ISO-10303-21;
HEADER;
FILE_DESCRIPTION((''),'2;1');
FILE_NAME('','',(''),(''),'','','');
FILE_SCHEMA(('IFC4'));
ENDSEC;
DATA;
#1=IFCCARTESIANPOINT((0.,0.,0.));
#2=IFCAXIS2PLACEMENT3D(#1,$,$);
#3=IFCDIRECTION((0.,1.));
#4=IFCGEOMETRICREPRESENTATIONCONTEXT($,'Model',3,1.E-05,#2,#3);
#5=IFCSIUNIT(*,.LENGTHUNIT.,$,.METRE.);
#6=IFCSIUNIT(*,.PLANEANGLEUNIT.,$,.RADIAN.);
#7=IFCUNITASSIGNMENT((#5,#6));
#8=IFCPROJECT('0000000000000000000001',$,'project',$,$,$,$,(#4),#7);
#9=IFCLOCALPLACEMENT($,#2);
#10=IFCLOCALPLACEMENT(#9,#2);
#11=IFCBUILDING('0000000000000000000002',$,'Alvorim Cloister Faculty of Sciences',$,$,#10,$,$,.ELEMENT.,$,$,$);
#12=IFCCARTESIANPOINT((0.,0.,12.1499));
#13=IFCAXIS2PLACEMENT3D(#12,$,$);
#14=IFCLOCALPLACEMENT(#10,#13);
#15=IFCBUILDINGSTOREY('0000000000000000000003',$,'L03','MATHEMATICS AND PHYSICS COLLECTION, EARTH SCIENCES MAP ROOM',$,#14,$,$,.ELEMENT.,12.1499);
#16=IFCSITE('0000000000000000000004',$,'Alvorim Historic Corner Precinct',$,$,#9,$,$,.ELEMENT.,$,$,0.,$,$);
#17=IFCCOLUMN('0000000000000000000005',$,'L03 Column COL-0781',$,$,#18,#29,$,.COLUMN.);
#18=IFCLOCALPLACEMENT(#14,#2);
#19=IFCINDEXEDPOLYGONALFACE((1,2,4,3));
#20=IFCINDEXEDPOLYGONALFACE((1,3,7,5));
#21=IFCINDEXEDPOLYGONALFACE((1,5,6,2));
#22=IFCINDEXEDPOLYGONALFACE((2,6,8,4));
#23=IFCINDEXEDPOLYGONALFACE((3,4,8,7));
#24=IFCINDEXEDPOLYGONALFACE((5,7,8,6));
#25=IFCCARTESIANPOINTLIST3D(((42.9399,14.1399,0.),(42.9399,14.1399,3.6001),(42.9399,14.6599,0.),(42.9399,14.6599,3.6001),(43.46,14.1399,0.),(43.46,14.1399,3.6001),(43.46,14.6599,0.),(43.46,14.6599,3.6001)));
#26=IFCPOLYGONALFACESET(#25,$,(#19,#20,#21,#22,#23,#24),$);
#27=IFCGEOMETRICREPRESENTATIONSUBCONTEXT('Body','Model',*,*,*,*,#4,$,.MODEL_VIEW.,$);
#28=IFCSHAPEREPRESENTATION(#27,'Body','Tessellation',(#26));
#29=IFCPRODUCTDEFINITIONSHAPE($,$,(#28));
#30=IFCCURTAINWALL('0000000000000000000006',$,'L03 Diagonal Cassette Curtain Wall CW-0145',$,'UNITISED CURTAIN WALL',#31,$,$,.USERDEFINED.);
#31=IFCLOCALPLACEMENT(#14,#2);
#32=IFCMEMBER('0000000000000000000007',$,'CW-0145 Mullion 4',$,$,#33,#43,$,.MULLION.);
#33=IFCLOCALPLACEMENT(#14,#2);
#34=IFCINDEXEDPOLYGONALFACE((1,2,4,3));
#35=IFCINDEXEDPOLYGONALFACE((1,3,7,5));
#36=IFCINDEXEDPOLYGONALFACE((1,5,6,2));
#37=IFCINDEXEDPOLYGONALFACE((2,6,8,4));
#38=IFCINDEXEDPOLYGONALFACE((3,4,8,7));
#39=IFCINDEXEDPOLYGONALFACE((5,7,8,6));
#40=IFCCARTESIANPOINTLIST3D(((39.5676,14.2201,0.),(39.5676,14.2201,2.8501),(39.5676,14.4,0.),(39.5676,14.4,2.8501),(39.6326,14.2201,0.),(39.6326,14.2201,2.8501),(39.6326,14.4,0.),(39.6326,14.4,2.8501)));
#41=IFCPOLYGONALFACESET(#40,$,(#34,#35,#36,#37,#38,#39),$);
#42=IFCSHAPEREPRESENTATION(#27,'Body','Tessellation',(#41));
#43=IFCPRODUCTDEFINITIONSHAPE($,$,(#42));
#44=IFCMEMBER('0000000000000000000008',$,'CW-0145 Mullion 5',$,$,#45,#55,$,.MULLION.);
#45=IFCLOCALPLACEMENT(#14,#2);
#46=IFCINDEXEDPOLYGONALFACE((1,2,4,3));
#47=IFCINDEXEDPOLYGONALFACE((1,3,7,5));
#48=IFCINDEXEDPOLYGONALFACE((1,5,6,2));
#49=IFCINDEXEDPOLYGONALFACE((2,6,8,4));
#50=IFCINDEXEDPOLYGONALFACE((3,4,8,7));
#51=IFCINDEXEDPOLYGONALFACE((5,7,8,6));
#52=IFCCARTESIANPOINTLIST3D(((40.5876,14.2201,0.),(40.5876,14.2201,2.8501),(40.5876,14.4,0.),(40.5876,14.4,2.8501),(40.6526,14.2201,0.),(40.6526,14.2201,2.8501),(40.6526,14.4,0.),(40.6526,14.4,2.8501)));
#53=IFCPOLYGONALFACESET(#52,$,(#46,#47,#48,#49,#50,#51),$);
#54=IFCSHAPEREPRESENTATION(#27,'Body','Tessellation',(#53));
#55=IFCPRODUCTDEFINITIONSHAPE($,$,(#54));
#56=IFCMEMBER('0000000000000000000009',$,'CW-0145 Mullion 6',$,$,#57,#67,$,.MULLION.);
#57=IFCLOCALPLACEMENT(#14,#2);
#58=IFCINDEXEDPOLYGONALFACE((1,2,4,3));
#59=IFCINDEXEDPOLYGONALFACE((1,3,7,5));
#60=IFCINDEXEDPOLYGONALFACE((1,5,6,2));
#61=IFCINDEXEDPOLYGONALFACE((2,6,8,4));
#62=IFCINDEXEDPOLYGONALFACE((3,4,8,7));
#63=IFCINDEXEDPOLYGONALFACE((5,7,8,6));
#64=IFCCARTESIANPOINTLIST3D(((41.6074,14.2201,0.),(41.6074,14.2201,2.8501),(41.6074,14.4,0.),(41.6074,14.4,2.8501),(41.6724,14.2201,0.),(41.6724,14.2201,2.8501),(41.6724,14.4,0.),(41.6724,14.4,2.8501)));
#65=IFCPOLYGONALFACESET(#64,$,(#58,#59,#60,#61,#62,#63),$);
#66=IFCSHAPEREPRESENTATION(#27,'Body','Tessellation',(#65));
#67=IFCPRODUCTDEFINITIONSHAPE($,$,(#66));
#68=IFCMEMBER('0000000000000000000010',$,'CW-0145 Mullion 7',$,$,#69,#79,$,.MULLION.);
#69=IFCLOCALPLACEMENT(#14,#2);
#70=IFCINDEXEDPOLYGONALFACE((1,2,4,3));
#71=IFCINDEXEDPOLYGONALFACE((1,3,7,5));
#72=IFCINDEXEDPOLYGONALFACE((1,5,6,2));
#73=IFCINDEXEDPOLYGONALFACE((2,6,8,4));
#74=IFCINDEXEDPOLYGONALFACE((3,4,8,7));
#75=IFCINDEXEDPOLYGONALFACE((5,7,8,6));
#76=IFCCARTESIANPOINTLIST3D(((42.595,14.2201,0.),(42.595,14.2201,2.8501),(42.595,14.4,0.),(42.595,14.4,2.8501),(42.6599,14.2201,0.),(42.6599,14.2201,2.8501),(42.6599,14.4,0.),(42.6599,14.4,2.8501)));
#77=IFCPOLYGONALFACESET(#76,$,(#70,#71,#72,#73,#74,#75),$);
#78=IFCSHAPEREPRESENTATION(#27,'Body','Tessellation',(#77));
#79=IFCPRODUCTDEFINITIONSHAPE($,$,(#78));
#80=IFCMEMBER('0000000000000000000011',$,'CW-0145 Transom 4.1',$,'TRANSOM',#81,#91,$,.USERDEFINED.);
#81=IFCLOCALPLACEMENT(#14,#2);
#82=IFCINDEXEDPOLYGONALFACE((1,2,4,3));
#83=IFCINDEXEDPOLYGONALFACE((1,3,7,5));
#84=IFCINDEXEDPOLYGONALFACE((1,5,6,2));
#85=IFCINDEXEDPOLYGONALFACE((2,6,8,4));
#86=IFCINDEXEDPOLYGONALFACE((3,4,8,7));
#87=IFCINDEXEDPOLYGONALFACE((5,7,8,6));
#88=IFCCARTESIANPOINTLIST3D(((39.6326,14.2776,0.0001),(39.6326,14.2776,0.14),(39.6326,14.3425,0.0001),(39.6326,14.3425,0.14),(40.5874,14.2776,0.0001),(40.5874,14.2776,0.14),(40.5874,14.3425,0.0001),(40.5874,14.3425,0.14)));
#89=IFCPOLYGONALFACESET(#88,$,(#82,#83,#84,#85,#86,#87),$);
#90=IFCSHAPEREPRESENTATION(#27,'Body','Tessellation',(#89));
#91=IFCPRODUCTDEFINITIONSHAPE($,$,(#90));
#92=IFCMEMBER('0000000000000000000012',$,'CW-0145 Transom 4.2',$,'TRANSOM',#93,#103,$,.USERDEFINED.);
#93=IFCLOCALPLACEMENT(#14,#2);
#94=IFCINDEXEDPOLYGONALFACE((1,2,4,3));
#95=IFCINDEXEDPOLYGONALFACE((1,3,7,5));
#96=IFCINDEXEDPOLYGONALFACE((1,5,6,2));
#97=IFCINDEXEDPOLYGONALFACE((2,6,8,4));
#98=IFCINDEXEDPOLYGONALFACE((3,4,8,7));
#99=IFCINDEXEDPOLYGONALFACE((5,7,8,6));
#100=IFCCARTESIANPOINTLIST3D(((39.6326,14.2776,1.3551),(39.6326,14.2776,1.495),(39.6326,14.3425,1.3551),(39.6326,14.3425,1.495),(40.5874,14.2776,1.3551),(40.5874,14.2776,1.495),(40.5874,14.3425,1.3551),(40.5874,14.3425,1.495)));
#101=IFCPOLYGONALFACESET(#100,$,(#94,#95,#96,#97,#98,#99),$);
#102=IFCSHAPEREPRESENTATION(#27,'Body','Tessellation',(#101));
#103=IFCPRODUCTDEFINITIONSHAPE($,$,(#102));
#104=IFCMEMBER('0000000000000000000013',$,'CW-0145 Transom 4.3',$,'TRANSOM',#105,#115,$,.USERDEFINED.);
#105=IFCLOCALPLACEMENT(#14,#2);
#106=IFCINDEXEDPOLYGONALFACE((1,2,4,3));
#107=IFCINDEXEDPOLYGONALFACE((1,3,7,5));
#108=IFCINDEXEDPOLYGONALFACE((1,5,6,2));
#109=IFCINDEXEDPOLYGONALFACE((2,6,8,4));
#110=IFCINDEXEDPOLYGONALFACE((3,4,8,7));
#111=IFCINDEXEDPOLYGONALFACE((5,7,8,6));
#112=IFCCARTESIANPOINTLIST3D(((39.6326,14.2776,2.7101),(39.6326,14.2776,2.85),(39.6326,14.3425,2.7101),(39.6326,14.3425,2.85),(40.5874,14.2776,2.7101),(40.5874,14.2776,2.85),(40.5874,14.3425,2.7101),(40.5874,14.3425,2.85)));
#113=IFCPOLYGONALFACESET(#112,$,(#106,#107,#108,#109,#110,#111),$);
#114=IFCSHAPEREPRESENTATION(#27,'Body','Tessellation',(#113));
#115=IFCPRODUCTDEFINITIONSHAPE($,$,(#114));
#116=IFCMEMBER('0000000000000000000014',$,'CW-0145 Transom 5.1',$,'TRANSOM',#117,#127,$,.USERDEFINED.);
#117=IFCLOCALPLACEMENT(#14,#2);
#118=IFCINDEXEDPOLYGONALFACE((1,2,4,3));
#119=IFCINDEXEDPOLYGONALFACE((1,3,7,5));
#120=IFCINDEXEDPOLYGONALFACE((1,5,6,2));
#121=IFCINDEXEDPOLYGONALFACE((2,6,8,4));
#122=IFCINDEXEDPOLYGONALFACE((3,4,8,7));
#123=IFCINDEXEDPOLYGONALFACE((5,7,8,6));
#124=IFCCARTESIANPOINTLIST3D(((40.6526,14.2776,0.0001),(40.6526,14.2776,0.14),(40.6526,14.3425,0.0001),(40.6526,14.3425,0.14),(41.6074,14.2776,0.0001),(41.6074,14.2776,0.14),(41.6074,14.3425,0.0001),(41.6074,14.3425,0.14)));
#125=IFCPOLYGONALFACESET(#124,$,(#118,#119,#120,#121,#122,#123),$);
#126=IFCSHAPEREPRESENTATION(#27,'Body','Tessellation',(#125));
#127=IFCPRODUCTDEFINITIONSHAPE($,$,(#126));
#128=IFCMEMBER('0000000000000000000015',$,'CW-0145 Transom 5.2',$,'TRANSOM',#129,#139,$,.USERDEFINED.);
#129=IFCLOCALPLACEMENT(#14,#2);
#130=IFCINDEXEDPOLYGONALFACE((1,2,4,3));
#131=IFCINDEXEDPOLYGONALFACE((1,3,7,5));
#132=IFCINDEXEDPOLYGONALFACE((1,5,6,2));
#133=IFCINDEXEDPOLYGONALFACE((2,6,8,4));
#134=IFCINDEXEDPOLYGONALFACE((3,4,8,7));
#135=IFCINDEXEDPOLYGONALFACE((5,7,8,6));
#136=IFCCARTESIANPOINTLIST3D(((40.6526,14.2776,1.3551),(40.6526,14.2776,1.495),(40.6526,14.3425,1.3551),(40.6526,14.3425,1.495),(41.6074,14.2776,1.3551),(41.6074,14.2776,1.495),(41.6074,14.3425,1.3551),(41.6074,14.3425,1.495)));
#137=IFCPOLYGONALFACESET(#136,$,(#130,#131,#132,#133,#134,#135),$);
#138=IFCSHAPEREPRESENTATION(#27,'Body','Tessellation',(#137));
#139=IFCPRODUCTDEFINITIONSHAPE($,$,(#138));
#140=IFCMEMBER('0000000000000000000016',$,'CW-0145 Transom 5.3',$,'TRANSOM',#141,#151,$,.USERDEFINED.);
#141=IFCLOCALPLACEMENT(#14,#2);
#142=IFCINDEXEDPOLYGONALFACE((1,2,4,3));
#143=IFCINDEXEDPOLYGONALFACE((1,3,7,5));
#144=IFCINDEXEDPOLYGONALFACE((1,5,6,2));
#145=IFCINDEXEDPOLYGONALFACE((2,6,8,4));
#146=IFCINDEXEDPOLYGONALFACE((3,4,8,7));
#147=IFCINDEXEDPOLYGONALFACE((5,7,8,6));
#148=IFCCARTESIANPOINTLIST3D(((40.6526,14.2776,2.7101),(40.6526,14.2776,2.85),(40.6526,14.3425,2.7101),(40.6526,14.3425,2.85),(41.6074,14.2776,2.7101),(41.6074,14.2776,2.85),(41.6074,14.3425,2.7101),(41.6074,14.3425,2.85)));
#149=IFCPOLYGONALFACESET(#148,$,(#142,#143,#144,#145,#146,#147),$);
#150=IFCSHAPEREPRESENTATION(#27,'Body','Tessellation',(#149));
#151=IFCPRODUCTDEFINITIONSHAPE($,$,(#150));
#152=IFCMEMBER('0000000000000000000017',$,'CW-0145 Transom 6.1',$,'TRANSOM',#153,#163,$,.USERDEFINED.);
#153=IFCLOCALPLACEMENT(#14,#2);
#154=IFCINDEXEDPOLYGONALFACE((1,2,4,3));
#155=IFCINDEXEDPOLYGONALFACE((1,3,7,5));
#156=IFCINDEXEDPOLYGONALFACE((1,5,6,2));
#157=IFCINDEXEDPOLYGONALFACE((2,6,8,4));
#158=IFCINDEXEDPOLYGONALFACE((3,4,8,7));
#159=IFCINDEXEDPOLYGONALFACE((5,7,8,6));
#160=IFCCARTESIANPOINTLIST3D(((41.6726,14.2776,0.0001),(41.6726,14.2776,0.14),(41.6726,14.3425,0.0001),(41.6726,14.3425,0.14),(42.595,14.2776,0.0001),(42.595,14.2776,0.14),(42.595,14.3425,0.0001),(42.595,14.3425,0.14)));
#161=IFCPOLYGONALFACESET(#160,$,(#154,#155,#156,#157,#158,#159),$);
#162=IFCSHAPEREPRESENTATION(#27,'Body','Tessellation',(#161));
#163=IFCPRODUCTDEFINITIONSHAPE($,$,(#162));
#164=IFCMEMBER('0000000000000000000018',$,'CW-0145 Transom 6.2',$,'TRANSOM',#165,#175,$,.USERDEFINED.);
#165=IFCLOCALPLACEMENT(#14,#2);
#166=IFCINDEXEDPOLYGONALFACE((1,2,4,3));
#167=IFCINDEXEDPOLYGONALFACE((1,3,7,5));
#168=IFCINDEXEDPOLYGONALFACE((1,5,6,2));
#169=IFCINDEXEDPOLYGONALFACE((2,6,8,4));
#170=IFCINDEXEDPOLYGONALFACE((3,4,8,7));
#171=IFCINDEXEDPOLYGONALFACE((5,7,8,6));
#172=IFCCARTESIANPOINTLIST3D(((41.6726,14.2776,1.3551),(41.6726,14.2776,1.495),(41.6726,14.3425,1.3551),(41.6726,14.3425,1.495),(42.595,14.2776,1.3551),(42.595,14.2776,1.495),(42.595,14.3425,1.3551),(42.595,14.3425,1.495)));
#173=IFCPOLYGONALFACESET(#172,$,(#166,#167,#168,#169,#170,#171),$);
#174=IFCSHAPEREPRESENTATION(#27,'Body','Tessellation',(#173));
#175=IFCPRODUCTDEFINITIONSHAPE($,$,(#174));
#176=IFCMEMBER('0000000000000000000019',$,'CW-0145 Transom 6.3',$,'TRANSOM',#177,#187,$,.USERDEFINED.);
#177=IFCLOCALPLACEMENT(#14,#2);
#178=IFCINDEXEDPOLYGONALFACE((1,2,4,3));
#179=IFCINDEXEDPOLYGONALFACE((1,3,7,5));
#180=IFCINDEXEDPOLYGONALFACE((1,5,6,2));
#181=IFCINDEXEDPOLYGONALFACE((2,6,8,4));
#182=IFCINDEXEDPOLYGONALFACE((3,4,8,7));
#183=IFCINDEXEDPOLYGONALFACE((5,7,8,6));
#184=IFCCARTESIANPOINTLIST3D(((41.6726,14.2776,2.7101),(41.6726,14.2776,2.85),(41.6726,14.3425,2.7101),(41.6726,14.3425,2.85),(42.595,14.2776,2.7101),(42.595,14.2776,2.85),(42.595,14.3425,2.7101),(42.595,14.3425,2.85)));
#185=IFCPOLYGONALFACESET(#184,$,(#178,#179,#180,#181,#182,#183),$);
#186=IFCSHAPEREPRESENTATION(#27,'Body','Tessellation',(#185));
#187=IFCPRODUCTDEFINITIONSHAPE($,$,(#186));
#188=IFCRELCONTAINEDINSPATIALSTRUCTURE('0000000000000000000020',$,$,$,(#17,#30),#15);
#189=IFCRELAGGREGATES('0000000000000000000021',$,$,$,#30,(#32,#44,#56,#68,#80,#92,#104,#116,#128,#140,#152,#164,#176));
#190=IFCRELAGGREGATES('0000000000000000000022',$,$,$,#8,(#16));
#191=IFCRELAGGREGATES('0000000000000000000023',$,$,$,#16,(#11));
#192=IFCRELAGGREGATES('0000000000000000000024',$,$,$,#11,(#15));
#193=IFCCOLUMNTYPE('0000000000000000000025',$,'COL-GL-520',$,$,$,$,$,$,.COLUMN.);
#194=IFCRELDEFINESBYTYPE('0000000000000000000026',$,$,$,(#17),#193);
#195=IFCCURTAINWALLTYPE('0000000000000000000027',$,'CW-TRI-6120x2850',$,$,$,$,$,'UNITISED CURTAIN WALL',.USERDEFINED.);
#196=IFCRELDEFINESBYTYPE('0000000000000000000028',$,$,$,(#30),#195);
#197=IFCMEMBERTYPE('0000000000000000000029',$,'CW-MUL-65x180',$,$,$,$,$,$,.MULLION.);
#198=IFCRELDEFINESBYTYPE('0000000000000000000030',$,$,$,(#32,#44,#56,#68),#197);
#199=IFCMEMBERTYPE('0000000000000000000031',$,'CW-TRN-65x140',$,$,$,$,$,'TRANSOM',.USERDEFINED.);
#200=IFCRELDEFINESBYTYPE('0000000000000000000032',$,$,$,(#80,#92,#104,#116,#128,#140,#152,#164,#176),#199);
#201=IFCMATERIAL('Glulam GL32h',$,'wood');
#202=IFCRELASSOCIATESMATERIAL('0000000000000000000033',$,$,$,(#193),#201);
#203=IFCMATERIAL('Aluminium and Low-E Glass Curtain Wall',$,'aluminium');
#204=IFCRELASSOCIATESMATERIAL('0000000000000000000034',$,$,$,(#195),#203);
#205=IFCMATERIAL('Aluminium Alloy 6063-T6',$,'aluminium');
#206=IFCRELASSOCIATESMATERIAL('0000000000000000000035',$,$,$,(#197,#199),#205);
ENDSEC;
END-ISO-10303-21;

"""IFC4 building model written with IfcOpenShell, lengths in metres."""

from ifc_helpers import new_model, si_unit, direction, frame, origin, origin_2d, place, context, subcontext, project, spatial, rectangle, extrude, material, material_profile, profile_set, type_object, element, aggregate, save


model = new_model("IFC4")

# Units and contexts
model_context = context("Model", 3, precision=1e-05, world=origin(), true_north=direction((0.0, 1.0)))
body_context = subcontext(model_context, "Body", "Model", "MODEL_VIEW")
ifc_project = project(units=[si_unit("LENGTHUNIT", "METRE"), si_unit("PLANEANGLEUNIT", "RADIAN")], contexts=[model_context])

# Site, building, storey
site_placement = place(None, origin())
site = spatial("IfcSite", under=ifc_project, at=site_placement, Name="Alvorim Historic Corner Precinct", CompositionType="ELEMENT", RefElevation=0.0)
building_placement = place(site_placement, origin())
building = spatial("IfcBuilding", under=site, at=building_placement, Name="Alvorim Cloister Faculty of Sciences", CompositionType="ELEMENT")
storey_placement = place(building_placement, frame((0.0, 0.0, 12.1499)))
storey = spatial("IfcBuildingStorey", under=building, at=storey_placement, Name="L03", Description="MATHEMATICS AND PHYSICS COLLECTION, EARTH SCIENCES MAP ROOM", CompositionType="ELEMENT", Elevation=12.1499)

# Column
ifc_material_1 = material(Name="Glulam GL32h", Category="wood")
ifc_material_profile_1 = material_profile(ifc_material_1, rectangle(XDim=0.52, YDim=0.52, at=origin_2d()), Name="GL32-COL-520x520")
ifc_profile_set_1 = profile_set([ifc_material_profile_1], Name="Glulam GL32h")
column_type = type_object("IfcColumnType", Name="COL-GL-520", PredefinedType="COLUMN", material=ifc_profile_set_1)
column_placement = place(storey_placement, frame((43.2, 14.3999, 0.0), z_axis=(0.0, 0.0, 1.0), x_axis=(1.0, 0.0, 0.0)))
element("IfcColumn", 1, at=column_placement, inside=storey, type_object=column_type, Name="L03 Column COL-0781", PredefinedType="COLUMN", context=body_context, shape_type="SweptSolid", body=[
    extrude(rectangle(XDim=0.52, YDim=0.52, at=origin_2d()), origin(), (0.0, 0.0, 1.0), 3.6001),
])

# Curtain wall, members
ifc_material_2 = material(Name="Aluminium and Low-E Glass Curtain Wall", Category="aluminium")
curtain_wall_type = type_object("IfcCurtainWallType", Name="CW-TRI-6120x2850", ElementType="UNITISED CURTAIN WALL", PredefinedType="USERDEFINED", material=ifc_material_2)
curtain_wall_placement = place(storey_placement, origin())
curtain_wall = element("IfcCurtainWall", 2, at=curtain_wall_placement, inside=storey, type_object=curtain_wall_type, Name="L03 Diagonal Cassette Curtain Wall CW-0145", ObjectType="UNITISED CURTAIN WALL", PredefinedType="USERDEFINED")
ifc_material_3 = material(Name="Aluminium Alloy 6063-T6", Category="aluminium")
ifc_material_profile_2 = material_profile(ifc_material_3, rectangle(XDim=0.0649, YDim=0.1799, at=origin_2d()), Name="ALU-MUL-65x180")
ifc_profile_set_2 = profile_set([ifc_material_profile_2], Name="Aluminium Alloy 6063-T6")
member_type_1 = type_object("IfcMemberType", Name="CW-MUL-65x180", PredefinedType="MULLION", material=ifc_profile_set_2)
member_1_placement = place(storey_placement, frame((39.6001, 14.3101, 0.0), z_axis=(0.0, 0.0, 1.0), x_axis=(1.0, 0.0, 0.0)))
member_1 = element("IfcMember", 3, at=member_1_placement, type_object=member_type_1, Name="CW-0145 Mullion 4", PredefinedType="MULLION", context=body_context, shape_type="SweptSolid", body=[
    extrude(rectangle(XDim=0.0649, YDim=0.1799, at=origin_2d()), origin(), (0.0, 0.0, 1.0), 2.8501),
])
member_2_placement = place(storey_placement, frame((40.6201, 14.3101, 0.0), z_axis=(0.0, 0.0, 1.0), x_axis=(1.0, 0.0, 0.0)))
member_2 = element("IfcMember", 4, at=member_2_placement, type_object=member_type_1, Name="CW-0145 Mullion 5", PredefinedType="MULLION", context=body_context, shape_type="SweptSolid", body=[
    extrude(rectangle(XDim=0.0649, YDim=0.1799, at=origin_2d()), origin(), (0.0, 0.0, 1.0), 2.8501),
])
member_3_placement = place(storey_placement, frame((41.6399, 14.3101, 0.0), z_axis=(0.0, 0.0, 1.0), x_axis=(1.0, 0.0, 0.0)))
member_3 = element("IfcMember", 5, at=member_3_placement, type_object=member_type_1, Name="CW-0145 Mullion 6", PredefinedType="MULLION", context=body_context, shape_type="SweptSolid", body=[
    extrude(rectangle(XDim=0.0649, YDim=0.1799, at=origin_2d()), origin(), (0.0, 0.0, 1.0), 2.8501),
])
member_4_placement = place(storey_placement, frame((42.6274, 14.3101, 0.0), z_axis=(0.0, 0.0, 1.0), x_axis=(1.0, 0.0, 0.0)))
member_4 = element("IfcMember", 6, at=member_4_placement, type_object=member_type_1, Name="CW-0145 Mullion 7", PredefinedType="MULLION", context=body_context, shape_type="SweptSolid", body=[
    extrude(rectangle(XDim=0.0649, YDim=0.1799, at=origin_2d()), origin(), (0.0, 0.0, 1.0), 2.8501),
])
ifc_material_profile_3 = material_profile(ifc_material_3, rectangle(XDim=0.0649, YDim=0.1399, at=origin_2d()), Name="ALU-TRN-65x140")
ifc_profile_set_3 = profile_set([ifc_material_profile_3], Name="Aluminium Alloy 6063-T6")
member_type_2 = type_object("IfcMemberType", Name="CW-TRN-65x140", ElementType="TRANSOM", PredefinedType="USERDEFINED", material=ifc_profile_set_3)
member_5_placement = place(storey_placement, frame((39.6326, 14.3101, 0.0701), z_axis=(1.0, 0.0, 0.0), x_axis=(0.0, 1.0, 0.0)))
member_5 = element("IfcMember", 7, at=member_5_placement, type_object=member_type_2, Name="CW-0145 Transom 4.1", ObjectType="TRANSOM", PredefinedType="USERDEFINED", context=body_context, shape_type="SweptSolid", body=[
    extrude(rectangle(XDim=0.0649, YDim=0.1399, at=origin_2d()), origin(), (0.0, 0.0, 1.0), 0.9548),
])
member_6_placement = place(storey_placement, frame((39.6326, 14.3101, 1.425), z_axis=(1.0, 0.0, 0.0), x_axis=(0.0, 1.0, 0.0)))
member_6 = element("IfcMember", 8, at=member_6_placement, type_object=member_type_2, Name="CW-0145 Transom 4.2", ObjectType="TRANSOM", PredefinedType="USERDEFINED", context=body_context, shape_type="SweptSolid", body=[
    extrude(rectangle(XDim=0.0649, YDim=0.1399, at=origin_2d()), origin(), (0.0, 0.0, 1.0), 0.9548),
])
member_7_placement = place(storey_placement, frame((39.6326, 14.3101, 2.78), z_axis=(1.0, 0.0, 0.0), x_axis=(0.0, 1.0, 0.0)))
member_7 = element("IfcMember", 9, at=member_7_placement, type_object=member_type_2, Name="CW-0145 Transom 4.3", ObjectType="TRANSOM", PredefinedType="USERDEFINED", context=body_context, shape_type="SweptSolid", body=[
    extrude(rectangle(XDim=0.0649, YDim=0.1399, at=origin_2d()), origin(), (0.0, 0.0, 1.0), 0.9548),
])
member_8_placement = place(storey_placement, frame((40.6526, 14.3101, 0.0701), z_axis=(1.0, 0.0, 0.0), x_axis=(0.0, 1.0, 0.0)))
member_8 = element("IfcMember", 10, at=member_8_placement, type_object=member_type_2, Name="CW-0145 Transom 5.1", ObjectType="TRANSOM", PredefinedType="USERDEFINED", context=body_context, shape_type="SweptSolid", body=[
    extrude(rectangle(XDim=0.0649, YDim=0.1399, at=origin_2d()), origin(), (0.0, 0.0, 1.0), 0.9548),
])
member_9_placement = place(storey_placement, frame((40.6526, 14.3101, 1.425), z_axis=(1.0, 0.0, 0.0), x_axis=(0.0, 1.0, 0.0)))
member_9 = element("IfcMember", 11, at=member_9_placement, type_object=member_type_2, Name="CW-0145 Transom 5.2", ObjectType="TRANSOM", PredefinedType="USERDEFINED", context=body_context, shape_type="SweptSolid", body=[
    extrude(rectangle(XDim=0.0649, YDim=0.1399, at=origin_2d()), origin(), (0.0, 0.0, 1.0), 0.9548),
])
member_10_placement = place(storey_placement, frame((40.6526, 14.3101, 2.78), z_axis=(1.0, 0.0, 0.0), x_axis=(0.0, 1.0, 0.0)))
member_10 = element("IfcMember", 12, at=member_10_placement, type_object=member_type_2, Name="CW-0145 Transom 5.3", ObjectType="TRANSOM", PredefinedType="USERDEFINED", context=body_context, shape_type="SweptSolid", body=[
    extrude(rectangle(XDim=0.0649, YDim=0.1399, at=origin_2d()), origin(), (0.0, 0.0, 1.0), 0.9548),
])
member_11_placement = place(storey_placement, frame((41.6726, 14.3101, 0.0701), z_axis=(1.0, 0.0, 0.0), x_axis=(0.0, 1.0, 0.0)))
member_11 = element("IfcMember", 13, at=member_11_placement, type_object=member_type_2, Name="CW-0145 Transom 6.1", ObjectType="TRANSOM", PredefinedType="USERDEFINED", context=body_context, shape_type="SweptSolid", body=[
    extrude(rectangle(XDim=0.0649, YDim=0.1399, at=origin_2d()), origin(), (0.0, 0.0, 1.0), 0.9224),
])
member_12_placement = place(storey_placement, frame((41.6726, 14.3101, 1.425), z_axis=(1.0, 0.0, 0.0), x_axis=(0.0, 1.0, 0.0)))
member_12 = element("IfcMember", 14, at=member_12_placement, type_object=member_type_2, Name="CW-0145 Transom 6.2", ObjectType="TRANSOM", PredefinedType="USERDEFINED", context=body_context, shape_type="SweptSolid", body=[
    extrude(rectangle(XDim=0.0649, YDim=0.1399, at=origin_2d()), origin(), (0.0, 0.0, 1.0), 0.9224),
])
member_13_placement = place(storey_placement, frame((41.6726, 14.3101, 2.78), z_axis=(1.0, 0.0, 0.0), x_axis=(0.0, 1.0, 0.0)))
member_13 = element("IfcMember", 15, at=member_13_placement, type_object=member_type_2, Name="CW-0145 Transom 6.3", ObjectType="TRANSOM", PredefinedType="USERDEFINED", context=body_context, shape_type="SweptSolid", body=[
    extrude(rectangle(XDim=0.0649, YDim=0.1399, at=origin_2d()), origin(), (0.0, 0.0, 1.0), 0.9224),
])
aggregate(curtain_wall, [member_1, member_2, member_3, member_4, member_5, member_6, member_7, member_8, member_9, member_10, member_11, member_12, member_13])

save(model, "model.ifc")
